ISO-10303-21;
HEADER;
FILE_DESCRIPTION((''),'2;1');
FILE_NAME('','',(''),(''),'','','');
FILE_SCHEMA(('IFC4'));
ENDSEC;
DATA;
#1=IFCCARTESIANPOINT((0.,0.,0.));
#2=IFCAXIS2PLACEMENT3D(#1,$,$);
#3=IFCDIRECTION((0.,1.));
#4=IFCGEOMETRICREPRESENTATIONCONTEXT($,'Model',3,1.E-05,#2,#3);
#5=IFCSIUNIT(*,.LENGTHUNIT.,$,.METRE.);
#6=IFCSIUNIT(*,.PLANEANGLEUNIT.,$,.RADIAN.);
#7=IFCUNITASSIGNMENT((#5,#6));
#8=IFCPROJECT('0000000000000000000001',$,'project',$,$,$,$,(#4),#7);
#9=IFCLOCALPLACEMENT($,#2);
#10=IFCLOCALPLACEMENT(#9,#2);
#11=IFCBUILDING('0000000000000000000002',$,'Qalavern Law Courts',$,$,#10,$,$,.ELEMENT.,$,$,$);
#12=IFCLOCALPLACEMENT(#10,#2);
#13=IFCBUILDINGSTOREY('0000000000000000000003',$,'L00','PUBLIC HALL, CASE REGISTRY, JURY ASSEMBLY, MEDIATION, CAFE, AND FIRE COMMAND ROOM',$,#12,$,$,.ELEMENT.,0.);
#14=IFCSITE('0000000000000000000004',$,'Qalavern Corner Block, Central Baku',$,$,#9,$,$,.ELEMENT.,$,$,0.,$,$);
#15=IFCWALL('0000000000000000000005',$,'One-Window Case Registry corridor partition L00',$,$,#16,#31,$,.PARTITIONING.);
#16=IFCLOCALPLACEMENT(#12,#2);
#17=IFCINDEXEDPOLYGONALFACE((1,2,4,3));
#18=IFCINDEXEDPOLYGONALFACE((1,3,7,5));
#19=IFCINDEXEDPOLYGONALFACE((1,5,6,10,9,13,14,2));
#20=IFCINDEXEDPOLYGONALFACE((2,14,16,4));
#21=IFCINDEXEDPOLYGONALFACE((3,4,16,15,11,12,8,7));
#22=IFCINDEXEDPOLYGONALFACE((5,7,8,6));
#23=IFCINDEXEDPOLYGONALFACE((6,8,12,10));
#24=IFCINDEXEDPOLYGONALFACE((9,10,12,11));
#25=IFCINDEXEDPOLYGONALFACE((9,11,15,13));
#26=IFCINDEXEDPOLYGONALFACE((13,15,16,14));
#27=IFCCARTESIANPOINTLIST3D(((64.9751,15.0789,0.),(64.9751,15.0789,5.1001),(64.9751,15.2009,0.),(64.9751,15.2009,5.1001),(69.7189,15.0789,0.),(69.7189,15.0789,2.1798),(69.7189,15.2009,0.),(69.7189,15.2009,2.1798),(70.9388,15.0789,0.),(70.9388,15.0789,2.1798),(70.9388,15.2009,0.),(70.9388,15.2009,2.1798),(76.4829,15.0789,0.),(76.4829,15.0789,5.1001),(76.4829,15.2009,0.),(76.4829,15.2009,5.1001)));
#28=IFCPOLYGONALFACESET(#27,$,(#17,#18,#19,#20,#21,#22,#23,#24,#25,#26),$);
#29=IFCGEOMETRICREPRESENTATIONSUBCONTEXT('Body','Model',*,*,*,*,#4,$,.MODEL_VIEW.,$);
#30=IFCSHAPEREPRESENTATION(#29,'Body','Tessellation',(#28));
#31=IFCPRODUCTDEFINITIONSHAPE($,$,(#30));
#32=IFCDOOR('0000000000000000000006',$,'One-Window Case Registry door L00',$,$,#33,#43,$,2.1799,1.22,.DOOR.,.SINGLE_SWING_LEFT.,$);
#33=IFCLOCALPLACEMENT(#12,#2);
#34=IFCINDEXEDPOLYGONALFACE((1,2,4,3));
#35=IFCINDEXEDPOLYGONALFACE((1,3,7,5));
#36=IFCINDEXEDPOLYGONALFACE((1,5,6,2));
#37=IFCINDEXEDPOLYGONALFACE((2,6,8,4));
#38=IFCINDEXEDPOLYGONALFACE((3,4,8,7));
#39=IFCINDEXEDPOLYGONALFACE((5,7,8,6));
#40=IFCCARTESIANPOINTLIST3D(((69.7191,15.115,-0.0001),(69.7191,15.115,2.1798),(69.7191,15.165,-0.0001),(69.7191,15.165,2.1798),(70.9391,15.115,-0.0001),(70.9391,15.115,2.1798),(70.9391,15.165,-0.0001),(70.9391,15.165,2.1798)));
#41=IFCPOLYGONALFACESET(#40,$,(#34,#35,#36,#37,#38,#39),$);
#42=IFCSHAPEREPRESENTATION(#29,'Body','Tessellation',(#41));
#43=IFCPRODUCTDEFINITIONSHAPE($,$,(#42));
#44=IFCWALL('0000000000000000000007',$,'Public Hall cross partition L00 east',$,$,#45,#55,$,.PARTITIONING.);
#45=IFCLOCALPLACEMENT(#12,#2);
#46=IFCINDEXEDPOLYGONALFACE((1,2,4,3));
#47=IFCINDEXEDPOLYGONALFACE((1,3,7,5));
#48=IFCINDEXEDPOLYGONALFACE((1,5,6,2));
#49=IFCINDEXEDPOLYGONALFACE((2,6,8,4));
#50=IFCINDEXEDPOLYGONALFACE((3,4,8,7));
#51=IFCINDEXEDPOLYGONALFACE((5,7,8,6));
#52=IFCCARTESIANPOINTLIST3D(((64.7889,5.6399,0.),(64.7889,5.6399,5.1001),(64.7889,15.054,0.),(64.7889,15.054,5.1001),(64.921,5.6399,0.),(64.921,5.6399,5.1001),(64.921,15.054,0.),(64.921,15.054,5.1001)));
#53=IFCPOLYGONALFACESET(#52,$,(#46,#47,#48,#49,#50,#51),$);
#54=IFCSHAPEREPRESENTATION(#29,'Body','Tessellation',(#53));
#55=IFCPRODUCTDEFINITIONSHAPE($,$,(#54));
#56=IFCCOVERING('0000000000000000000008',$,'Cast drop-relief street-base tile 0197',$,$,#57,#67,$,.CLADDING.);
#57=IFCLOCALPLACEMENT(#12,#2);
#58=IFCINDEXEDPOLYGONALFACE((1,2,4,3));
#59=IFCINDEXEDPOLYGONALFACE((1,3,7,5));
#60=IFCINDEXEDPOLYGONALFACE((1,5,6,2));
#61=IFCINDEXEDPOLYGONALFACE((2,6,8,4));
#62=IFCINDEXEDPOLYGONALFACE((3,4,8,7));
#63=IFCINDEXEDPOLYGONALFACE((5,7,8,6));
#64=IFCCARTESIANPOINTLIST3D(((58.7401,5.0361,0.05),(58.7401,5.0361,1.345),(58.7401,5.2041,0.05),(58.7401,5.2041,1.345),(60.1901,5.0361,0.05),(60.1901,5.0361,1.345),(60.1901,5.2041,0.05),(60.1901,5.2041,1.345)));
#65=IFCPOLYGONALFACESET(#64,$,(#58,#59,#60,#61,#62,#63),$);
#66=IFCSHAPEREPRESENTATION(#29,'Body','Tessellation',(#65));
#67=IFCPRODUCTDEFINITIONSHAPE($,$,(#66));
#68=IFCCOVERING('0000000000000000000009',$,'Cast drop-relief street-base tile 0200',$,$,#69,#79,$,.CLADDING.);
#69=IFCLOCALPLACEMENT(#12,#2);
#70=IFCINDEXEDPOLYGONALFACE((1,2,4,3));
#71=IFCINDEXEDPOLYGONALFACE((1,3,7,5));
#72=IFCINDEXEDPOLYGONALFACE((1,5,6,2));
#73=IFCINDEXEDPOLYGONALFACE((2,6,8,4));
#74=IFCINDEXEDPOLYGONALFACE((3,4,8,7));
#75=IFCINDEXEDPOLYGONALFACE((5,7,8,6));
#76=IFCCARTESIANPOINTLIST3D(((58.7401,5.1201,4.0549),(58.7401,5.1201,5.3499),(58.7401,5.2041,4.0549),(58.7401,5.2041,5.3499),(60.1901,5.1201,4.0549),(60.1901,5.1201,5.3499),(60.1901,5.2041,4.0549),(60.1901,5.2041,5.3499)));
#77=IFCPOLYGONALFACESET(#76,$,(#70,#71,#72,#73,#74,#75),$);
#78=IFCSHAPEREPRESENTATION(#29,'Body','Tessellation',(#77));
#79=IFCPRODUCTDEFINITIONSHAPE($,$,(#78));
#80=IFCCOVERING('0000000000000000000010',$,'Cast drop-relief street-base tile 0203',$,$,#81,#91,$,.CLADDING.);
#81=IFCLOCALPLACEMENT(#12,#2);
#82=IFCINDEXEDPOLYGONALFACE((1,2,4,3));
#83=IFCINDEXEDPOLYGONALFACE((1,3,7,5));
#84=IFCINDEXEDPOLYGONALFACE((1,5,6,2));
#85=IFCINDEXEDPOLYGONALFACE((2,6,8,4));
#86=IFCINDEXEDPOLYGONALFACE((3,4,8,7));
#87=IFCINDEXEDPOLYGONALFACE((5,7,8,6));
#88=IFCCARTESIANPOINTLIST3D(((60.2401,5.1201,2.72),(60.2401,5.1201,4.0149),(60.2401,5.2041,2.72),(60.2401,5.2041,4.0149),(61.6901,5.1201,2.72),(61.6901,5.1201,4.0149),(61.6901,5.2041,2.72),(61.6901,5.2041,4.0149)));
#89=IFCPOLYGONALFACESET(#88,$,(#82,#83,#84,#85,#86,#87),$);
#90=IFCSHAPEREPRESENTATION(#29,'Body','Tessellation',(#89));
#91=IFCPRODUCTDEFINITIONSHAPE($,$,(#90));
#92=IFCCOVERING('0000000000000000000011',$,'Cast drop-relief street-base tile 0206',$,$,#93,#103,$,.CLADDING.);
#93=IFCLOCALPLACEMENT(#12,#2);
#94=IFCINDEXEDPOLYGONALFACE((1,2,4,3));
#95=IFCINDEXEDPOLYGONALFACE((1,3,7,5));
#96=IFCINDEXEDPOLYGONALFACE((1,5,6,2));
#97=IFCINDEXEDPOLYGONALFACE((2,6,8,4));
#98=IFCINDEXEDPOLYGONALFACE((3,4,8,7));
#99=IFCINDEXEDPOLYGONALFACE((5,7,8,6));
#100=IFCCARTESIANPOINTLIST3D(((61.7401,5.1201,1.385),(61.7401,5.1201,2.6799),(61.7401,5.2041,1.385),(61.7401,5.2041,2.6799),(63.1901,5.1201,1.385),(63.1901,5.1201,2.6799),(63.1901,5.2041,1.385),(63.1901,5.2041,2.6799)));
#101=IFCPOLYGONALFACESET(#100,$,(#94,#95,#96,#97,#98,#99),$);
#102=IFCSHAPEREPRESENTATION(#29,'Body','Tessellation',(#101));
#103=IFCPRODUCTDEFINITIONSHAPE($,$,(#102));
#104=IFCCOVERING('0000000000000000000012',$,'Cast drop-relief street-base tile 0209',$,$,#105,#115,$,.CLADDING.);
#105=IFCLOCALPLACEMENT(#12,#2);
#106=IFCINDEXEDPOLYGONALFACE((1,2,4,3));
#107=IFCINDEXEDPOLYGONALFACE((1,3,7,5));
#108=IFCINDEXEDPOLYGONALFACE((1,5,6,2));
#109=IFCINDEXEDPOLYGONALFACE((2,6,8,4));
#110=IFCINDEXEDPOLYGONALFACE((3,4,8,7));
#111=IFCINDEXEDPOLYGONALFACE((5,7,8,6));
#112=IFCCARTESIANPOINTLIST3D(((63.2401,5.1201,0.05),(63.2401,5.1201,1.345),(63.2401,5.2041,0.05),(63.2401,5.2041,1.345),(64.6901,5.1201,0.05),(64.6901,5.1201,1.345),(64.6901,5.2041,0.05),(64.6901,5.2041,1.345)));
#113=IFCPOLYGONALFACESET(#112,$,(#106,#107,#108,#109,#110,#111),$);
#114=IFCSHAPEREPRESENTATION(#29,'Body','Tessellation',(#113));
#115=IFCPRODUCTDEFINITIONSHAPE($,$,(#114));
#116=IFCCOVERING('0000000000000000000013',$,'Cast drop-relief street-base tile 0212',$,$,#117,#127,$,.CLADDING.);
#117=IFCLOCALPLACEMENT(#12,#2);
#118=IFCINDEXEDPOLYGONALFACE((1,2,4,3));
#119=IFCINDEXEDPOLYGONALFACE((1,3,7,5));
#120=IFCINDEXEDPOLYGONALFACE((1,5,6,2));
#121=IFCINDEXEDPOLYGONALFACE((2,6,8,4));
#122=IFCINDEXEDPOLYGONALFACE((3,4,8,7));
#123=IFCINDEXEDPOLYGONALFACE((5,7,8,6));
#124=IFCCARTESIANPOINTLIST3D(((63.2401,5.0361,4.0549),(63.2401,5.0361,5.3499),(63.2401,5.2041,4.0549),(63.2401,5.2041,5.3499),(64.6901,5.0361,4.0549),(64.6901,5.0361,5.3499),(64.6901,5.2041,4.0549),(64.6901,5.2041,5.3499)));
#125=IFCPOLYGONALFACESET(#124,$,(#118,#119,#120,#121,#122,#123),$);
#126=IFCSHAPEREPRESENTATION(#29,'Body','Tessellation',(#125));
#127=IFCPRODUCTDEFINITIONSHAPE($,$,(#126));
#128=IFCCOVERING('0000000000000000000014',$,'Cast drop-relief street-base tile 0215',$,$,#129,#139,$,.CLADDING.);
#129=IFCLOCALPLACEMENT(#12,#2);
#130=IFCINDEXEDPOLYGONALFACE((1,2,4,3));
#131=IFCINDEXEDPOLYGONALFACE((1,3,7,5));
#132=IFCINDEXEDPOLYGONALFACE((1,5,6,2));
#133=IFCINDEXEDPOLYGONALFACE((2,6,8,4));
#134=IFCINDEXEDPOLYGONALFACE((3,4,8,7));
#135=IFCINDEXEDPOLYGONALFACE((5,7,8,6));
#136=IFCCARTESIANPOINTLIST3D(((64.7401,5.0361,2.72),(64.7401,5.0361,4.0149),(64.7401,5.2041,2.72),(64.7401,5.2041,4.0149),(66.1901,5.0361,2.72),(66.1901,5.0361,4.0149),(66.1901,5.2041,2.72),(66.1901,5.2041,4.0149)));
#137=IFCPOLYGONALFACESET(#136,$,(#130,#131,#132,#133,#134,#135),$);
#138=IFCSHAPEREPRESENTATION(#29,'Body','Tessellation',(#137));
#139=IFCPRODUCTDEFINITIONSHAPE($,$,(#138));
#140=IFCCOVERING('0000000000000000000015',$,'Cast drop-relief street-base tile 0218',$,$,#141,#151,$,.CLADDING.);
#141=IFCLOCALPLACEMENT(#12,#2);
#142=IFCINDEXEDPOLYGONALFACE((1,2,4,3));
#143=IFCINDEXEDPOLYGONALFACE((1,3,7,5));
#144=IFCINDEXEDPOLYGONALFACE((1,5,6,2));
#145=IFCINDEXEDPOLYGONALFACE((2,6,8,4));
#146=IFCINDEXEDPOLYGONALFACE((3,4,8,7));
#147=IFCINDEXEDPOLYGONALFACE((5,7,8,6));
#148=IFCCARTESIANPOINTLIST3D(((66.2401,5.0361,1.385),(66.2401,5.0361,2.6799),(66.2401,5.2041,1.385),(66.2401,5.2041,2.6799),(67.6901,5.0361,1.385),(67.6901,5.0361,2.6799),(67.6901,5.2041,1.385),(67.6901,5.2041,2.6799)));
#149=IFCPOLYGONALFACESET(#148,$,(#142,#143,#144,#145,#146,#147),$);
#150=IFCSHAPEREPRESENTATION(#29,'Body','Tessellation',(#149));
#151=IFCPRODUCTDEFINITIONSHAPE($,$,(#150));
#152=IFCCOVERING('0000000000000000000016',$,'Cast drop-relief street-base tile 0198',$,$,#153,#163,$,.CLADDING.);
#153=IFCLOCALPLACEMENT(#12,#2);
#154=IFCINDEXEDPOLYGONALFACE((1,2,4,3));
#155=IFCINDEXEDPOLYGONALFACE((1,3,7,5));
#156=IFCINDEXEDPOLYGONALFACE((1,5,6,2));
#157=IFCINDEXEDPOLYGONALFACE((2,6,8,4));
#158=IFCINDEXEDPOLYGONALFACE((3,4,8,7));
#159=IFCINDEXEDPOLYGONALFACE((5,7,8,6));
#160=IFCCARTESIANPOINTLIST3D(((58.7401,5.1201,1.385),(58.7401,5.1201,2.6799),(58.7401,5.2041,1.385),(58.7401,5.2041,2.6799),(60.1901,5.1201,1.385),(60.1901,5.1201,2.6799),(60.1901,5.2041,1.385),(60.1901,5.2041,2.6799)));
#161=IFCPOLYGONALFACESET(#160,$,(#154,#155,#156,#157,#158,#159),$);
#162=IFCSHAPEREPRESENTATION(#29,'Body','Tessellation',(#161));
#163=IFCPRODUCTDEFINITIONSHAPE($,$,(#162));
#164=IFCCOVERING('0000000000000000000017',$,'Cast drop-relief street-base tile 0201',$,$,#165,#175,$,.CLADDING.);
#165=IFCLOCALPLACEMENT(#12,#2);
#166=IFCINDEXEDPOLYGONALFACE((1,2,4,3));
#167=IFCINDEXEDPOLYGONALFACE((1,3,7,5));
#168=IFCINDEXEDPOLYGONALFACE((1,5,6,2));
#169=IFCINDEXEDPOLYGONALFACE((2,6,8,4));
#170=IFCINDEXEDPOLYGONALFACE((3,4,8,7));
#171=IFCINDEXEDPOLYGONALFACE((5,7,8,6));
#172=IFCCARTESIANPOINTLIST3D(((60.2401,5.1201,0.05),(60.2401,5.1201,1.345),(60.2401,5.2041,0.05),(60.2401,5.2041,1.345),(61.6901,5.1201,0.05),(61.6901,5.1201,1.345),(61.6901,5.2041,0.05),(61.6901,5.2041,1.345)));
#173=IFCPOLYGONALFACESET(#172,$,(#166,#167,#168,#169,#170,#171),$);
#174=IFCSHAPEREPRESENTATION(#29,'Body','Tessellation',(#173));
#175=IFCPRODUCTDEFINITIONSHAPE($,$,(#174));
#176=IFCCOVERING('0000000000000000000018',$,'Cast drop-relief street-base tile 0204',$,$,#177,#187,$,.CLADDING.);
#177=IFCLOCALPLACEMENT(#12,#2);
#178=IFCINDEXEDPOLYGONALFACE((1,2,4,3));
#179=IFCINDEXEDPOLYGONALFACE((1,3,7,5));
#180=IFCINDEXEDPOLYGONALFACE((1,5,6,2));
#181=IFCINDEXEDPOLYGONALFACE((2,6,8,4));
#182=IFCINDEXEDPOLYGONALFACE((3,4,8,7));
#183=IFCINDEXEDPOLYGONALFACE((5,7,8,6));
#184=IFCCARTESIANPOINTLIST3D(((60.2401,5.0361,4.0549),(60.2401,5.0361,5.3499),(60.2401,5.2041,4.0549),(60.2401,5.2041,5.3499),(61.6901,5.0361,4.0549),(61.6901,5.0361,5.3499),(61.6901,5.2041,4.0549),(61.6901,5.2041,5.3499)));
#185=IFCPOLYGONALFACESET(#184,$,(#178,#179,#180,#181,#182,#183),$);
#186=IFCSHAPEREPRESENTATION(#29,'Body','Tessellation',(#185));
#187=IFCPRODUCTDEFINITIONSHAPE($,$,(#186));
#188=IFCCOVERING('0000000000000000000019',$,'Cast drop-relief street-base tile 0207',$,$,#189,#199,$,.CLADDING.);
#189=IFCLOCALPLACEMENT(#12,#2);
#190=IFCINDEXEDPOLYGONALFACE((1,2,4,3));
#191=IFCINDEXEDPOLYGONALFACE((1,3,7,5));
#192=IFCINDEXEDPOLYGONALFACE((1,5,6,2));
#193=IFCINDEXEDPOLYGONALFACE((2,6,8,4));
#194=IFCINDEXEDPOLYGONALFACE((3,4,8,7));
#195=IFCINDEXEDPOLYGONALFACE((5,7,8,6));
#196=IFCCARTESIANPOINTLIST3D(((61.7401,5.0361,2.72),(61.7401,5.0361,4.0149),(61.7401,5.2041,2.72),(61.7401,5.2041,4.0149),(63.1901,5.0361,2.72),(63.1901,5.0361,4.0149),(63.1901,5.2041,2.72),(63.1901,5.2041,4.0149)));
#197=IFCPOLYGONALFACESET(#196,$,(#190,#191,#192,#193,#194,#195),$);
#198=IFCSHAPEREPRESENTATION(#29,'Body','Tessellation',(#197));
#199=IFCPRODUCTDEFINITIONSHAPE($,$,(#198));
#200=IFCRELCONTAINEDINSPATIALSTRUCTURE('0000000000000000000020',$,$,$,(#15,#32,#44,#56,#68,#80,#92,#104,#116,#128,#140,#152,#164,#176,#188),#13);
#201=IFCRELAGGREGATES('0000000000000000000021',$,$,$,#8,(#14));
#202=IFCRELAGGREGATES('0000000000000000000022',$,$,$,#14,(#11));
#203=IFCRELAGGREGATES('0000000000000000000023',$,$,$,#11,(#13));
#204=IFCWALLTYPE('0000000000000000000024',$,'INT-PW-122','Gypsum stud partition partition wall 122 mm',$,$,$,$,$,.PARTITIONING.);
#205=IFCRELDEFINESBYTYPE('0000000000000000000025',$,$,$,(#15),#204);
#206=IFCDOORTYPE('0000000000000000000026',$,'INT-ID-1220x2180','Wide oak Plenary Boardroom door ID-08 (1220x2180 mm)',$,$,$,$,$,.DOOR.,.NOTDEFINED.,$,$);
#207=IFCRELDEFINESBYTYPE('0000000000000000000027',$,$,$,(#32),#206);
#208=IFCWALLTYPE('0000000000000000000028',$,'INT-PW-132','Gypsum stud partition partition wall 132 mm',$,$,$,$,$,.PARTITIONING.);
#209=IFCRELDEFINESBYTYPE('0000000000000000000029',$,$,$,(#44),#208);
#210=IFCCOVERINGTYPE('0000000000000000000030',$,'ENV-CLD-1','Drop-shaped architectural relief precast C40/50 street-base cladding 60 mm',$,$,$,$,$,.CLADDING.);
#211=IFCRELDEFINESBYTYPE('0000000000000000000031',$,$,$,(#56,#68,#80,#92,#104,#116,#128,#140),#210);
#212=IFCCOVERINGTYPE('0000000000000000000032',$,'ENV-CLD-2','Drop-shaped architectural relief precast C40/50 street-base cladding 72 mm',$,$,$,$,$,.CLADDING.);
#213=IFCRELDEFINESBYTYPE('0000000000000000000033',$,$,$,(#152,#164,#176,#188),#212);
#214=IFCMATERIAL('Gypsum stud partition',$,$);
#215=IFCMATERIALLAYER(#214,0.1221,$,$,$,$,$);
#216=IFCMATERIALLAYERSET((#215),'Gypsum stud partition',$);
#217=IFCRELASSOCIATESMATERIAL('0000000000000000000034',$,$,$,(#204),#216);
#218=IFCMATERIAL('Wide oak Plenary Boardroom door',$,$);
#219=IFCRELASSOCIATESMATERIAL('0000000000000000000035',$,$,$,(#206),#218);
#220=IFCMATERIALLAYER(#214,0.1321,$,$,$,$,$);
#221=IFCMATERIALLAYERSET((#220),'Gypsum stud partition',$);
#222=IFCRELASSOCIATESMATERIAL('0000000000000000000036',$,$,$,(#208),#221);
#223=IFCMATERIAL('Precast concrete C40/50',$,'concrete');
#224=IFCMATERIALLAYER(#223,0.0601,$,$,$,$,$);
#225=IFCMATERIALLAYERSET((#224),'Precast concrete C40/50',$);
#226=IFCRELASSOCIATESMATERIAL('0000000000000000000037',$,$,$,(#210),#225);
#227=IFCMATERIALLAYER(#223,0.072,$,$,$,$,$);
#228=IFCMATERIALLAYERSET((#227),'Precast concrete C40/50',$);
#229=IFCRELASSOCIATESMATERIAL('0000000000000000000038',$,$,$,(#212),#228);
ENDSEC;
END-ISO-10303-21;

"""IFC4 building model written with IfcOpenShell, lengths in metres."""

from ifc_helpers import new_model, si_unit, direction, frame, frame_2d, origin, origin_2d, place, context, subcontext, project, spatial, rectangle, extrude, material, layer, layer_set, type_object, element, fill, save


model = new_model("IFC4")

# Units and contexts
model_context = context("Model", 3, precision=1e-05, world=origin(), true_north=direction((0.0, 1.0)))
body_context = subcontext(model_context, "Body", "Model", "MODEL_VIEW")
ifc_project = project(units=[si_unit("LENGTHUNIT", "METRE"), si_unit("PLANEANGLEUNIT", "RADIAN")], contexts=[model_context])

# Site, building, storey
site_placement = place(None, origin())
site = spatial("IfcSite", under=ifc_project, at=site_placement, Name="Qalavern Corner Block, Central Baku", CompositionType="ELEMENT", RefElevation=0.0)
building_placement = place(site_placement, origin())
building = spatial("IfcBuilding", under=site, at=building_placement, Name="Qalavern Law Courts", CompositionType="ELEMENT")
storey_placement = place(building_placement, origin())
storey = spatial("IfcBuildingStorey", under=building, at=storey_placement, Name="L00", Description="PUBLIC HALL, CASE REGISTRY, JURY ASSEMBLY, MEDIATION, CAFE, AND FIRE COMMAND ROOM", CompositionType="ELEMENT", Elevation=0.0)

# Wall, opening, door
ifc_material_1 = material(Name="Gypsum stud partition")
ifc_layer_1 = layer(ifc_material_1, 0.1221)
ifc_layer_set_1 = layer_set([ifc_layer_1], Name="Gypsum stud partition")
wall_type_1 = type_object("IfcWallType", Name="INT-PW-122", Description="Gypsum stud partition partition wall 122 mm", PredefinedType="PARTITIONING", material=ifc_layer_set_1)
wall_1_placement = place(storey_placement, frame((64.9751, 15.1399, 0.0), z_axis=(0.0, 0.0, 1.0), x_axis=(1.0, 0.0, 0.0)))
wall_1 = element("IfcWall", 1, at=wall_1_placement, inside=storey, type_object=wall_type_1, Name="One-Window Case Registry corridor partition L00", PredefinedType="PARTITIONING", context=body_context, shape_type="SweptSolid", body=[
    extrude(rectangle(XDim=11.5078, YDim=0.1221, at=frame_2d((5.7539, 0.0))), origin(), (0.0, 0.0, 1.0), 5.1001),
])
opening_placement = place(wall_1_placement, frame((4.7439, 0.0, 0.0)))
opening = element("IfcOpeningElement", 2, at=opening_placement, cuts=wall_1, PredefinedType="OPENING", context=body_context, shape_type="SweptSolid", body=[
    extrude(rectangle(XDim=1.22, YDim=2.1799, at=frame_2d((0.6099, 1.0898))), frame((0.0, 0.0759, 0.0), z_axis=(0.0, -1.0, 0.0), x_axis=(1.0, 0.0, 0.0)), (0.0, 0.0, 1.0), 0.1519),
])
ifc_material_2 = material(Name="Wide oak Plenary Boardroom door")
door_type = type_object("IfcDoorType", Name="INT-ID-1220x2180", Description="Wide oak Plenary Boardroom door ID-08 (1220x2180 mm)", OperationType="NOTDEFINED", PredefinedType="DOOR", material=ifc_material_2)
door_placement = place(opening_placement, frame((1.22, 0.0, 0.0), z_axis=(0.0, 0.0, 1.0), x_axis=(-1.0, 0.0, 0.0)))
door = element("IfcDoor", 3, at=door_placement, inside=storey, type_object=door_type, Name="One-Window Case Registry door L00", OperationType="SINGLE_SWING_LEFT", OverallHeight=2.1799, OverallWidth=1.22, PredefinedType="DOOR", context=body_context, shape_type="SweptSolid", body=[
    extrude(rectangle(XDim=1.22, YDim=2.1799, at=frame_2d((0.6099, 1.0898))), frame((0.0, 0.0249, 0.0), z_axis=(0.0, -1.0, 0.0), x_axis=(1.0, 0.0, 0.0)), (0.0, 0.0, 1.0), 0.05),
])
fill(opening, door)

# Wall
ifc_layer_2 = layer(ifc_material_1, 0.1321)
ifc_layer_set_2 = layer_set([ifc_layer_2], Name="Gypsum stud partition")
wall_type_2 = type_object("IfcWallType", Name="INT-PW-132", Description="Gypsum stud partition partition wall 132 mm", PredefinedType="PARTITIONING", material=ifc_layer_set_2)
wall_2_placement = place(storey_placement, frame((64.855, 5.6399, 0.0), z_axis=(0.0, 0.0, 1.0), x_axis=(0.0, 1.0, 0.0)))
element("IfcWall", 4, at=wall_2_placement, inside=storey, type_object=wall_type_2, Name="Public Hall cross partition L00 east", PredefinedType="PARTITIONING", context=body_context, shape_type="SweptSolid", body=[
    extrude(rectangle(XDim=9.4141, YDim=0.1321, at=frame_2d((4.707, 0.0))), origin(), (0.0, 0.0, 1.0), 5.1001),
])

# Coverings
ifc_material_3 = material(Name="Precast concrete C40/50", Category="concrete")
ifc_layer_3 = layer(ifc_material_3, 0.0601)
ifc_layer_set_3 = layer_set([ifc_layer_3], Name="Precast concrete C40/50")
covering_type_1 = type_object("IfcCoveringType", Name="ENV-CLD-1", Description="Drop-shaped architectural relief precast C40/50 street-base cladding 60 mm", PredefinedType="CLADDING", material=ifc_layer_set_3)
covering_1_placement = place(storey_placement, frame((59.4651, 5.1201, 0.05), z_axis=(0.0, 0.0, 1.0), x_axis=(1.0, 0.0, 0.0)))
element("IfcCovering", 5, at=covering_1_placement, inside=storey, type_object=covering_type_1, Name="Cast drop-relief street-base tile 0197", PredefinedType="CLADDING", context=body_context, shape_type="SweptSolid", body=[
    extrude(rectangle(XDim=1.45, YDim=0.168, at=origin_2d()), origin(), (0.0, 0.0, 1.0), 1.2949),
])
for number, where, z_axis, x_axis, name in (
    (6, (59.4651, 5.1621, 4.0549), (0.0, 0.0, 1.0), (1.0, 0.0, 0.0), "Cast drop-relief street-base tile 0200"),
    (7, (60.9651, 5.1621, 2.72), (0.0, 0.0, 1.0), (1.0, 0.0, 0.0), "Cast drop-relief street-base tile 0203"),
    (8, (62.4651, 5.1621, 1.385), (0.0, 0.0, 1.0), (1.0, 0.0, 0.0), "Cast drop-relief street-base tile 0206"),
    (9, (63.9651, 5.1621, 0.05), (0.0, 0.0, 1.0), (1.0, 0.0, 0.0), "Cast drop-relief street-base tile 0209"),
):
    element("IfcCovering", number, at=place(storey_placement, frame(where, z_axis=z_axis, x_axis=x_axis)), inside=storey, type_object=covering_type_1, Name=name, PredefinedType="CLADDING", context=body_context, shape_type="SweptSolid", body=[
        extrude(rectangle(XDim=1.45, YDim=0.084, at=origin_2d()), origin(), (0.0, 0.0, 1.0), 1.2949),
    ])
for number, where, z_axis, x_axis, name in (
    (10, (63.9651, 5.1201, 4.0549), (0.0, 0.0, 1.0), (1.0, 0.0, 0.0), "Cast drop-relief street-base tile 0212"),
    (11, (65.4651, 5.1201, 2.72), (0.0, 0.0, 1.0), (1.0, 0.0, 0.0), "Cast drop-relief street-base tile 0215"),
    (12, (66.9651, 5.1201, 1.385), (0.0, 0.0, 1.0), (1.0, 0.0, 0.0), "Cast drop-relief street-base tile 0218"),
):
    element("IfcCovering", number, at=place(storey_placement, frame(where, z_axis=z_axis, x_axis=x_axis)), inside=storey, type_object=covering_type_1, Name=name, PredefinedType="CLADDING", context=body_context, shape_type="SweptSolid", body=[
        extrude(rectangle(XDim=1.45, YDim=0.168, at=origin_2d()), origin(), (0.0, 0.0, 1.0), 1.2949),
    ])
ifc_layer_4 = layer(ifc_material_3, 0.072)
ifc_layer_set_4 = layer_set([ifc_layer_4], Name="Precast concrete C40/50")
covering_type_2 = type_object("IfcCoveringType", Name="ENV-CLD-2", Description="Drop-shaped architectural relief precast C40/50 street-base cladding 72 mm", PredefinedType="CLADDING", material=ifc_layer_set_4)
for number, where, z_axis, x_axis, name in (
    (13, (59.4651, 5.1621, 1.385), (0.0, 0.0, 1.0), (1.0, 0.0, 0.0), "Cast drop-relief street-base tile 0198"),
    (14, (60.9651, 5.1621, 0.05), (0.0, 0.0, 1.0), (1.0, 0.0, 0.0), "Cast drop-relief street-base tile 0201"),
):
    element("IfcCovering", number, at=place(storey_placement, frame(where, z_axis=z_axis, x_axis=x_axis)), inside=storey, type_object=covering_type_2, Name=name, PredefinedType="CLADDING", context=body_context, shape_type="SweptSolid", body=[
        extrude(rectangle(XDim=1.45, YDim=0.084, at=origin_2d()), origin(), (0.0, 0.0, 1.0), 1.2949),
    ])
for number, where, z_axis, x_axis, name in (
    (15, (60.9651, 5.1201, 4.0549), (0.0, 0.0, 1.0), (1.0, 0.0, 0.0), "Cast drop-relief street-base tile 0204"),
    (16, (62.4651, 5.1201, 2.72), (0.0, 0.0, 1.0), (1.0, 0.0, 0.0), "Cast drop-relief street-base tile 0207"),
):
    element("IfcCovering", number, at=place(storey_placement, frame(where, z_axis=z_axis, x_axis=x_axis)), inside=storey, type_object=covering_type_2, Name=name, PredefinedType="CLADDING", context=body_context, shape_type="SweptSolid", body=[
        extrude(rectangle(XDim=1.45, YDim=0.168, at=origin_2d()), origin(), (0.0, 0.0, 1.0), 1.2949),
    ])

save(model, "model.ifc")
